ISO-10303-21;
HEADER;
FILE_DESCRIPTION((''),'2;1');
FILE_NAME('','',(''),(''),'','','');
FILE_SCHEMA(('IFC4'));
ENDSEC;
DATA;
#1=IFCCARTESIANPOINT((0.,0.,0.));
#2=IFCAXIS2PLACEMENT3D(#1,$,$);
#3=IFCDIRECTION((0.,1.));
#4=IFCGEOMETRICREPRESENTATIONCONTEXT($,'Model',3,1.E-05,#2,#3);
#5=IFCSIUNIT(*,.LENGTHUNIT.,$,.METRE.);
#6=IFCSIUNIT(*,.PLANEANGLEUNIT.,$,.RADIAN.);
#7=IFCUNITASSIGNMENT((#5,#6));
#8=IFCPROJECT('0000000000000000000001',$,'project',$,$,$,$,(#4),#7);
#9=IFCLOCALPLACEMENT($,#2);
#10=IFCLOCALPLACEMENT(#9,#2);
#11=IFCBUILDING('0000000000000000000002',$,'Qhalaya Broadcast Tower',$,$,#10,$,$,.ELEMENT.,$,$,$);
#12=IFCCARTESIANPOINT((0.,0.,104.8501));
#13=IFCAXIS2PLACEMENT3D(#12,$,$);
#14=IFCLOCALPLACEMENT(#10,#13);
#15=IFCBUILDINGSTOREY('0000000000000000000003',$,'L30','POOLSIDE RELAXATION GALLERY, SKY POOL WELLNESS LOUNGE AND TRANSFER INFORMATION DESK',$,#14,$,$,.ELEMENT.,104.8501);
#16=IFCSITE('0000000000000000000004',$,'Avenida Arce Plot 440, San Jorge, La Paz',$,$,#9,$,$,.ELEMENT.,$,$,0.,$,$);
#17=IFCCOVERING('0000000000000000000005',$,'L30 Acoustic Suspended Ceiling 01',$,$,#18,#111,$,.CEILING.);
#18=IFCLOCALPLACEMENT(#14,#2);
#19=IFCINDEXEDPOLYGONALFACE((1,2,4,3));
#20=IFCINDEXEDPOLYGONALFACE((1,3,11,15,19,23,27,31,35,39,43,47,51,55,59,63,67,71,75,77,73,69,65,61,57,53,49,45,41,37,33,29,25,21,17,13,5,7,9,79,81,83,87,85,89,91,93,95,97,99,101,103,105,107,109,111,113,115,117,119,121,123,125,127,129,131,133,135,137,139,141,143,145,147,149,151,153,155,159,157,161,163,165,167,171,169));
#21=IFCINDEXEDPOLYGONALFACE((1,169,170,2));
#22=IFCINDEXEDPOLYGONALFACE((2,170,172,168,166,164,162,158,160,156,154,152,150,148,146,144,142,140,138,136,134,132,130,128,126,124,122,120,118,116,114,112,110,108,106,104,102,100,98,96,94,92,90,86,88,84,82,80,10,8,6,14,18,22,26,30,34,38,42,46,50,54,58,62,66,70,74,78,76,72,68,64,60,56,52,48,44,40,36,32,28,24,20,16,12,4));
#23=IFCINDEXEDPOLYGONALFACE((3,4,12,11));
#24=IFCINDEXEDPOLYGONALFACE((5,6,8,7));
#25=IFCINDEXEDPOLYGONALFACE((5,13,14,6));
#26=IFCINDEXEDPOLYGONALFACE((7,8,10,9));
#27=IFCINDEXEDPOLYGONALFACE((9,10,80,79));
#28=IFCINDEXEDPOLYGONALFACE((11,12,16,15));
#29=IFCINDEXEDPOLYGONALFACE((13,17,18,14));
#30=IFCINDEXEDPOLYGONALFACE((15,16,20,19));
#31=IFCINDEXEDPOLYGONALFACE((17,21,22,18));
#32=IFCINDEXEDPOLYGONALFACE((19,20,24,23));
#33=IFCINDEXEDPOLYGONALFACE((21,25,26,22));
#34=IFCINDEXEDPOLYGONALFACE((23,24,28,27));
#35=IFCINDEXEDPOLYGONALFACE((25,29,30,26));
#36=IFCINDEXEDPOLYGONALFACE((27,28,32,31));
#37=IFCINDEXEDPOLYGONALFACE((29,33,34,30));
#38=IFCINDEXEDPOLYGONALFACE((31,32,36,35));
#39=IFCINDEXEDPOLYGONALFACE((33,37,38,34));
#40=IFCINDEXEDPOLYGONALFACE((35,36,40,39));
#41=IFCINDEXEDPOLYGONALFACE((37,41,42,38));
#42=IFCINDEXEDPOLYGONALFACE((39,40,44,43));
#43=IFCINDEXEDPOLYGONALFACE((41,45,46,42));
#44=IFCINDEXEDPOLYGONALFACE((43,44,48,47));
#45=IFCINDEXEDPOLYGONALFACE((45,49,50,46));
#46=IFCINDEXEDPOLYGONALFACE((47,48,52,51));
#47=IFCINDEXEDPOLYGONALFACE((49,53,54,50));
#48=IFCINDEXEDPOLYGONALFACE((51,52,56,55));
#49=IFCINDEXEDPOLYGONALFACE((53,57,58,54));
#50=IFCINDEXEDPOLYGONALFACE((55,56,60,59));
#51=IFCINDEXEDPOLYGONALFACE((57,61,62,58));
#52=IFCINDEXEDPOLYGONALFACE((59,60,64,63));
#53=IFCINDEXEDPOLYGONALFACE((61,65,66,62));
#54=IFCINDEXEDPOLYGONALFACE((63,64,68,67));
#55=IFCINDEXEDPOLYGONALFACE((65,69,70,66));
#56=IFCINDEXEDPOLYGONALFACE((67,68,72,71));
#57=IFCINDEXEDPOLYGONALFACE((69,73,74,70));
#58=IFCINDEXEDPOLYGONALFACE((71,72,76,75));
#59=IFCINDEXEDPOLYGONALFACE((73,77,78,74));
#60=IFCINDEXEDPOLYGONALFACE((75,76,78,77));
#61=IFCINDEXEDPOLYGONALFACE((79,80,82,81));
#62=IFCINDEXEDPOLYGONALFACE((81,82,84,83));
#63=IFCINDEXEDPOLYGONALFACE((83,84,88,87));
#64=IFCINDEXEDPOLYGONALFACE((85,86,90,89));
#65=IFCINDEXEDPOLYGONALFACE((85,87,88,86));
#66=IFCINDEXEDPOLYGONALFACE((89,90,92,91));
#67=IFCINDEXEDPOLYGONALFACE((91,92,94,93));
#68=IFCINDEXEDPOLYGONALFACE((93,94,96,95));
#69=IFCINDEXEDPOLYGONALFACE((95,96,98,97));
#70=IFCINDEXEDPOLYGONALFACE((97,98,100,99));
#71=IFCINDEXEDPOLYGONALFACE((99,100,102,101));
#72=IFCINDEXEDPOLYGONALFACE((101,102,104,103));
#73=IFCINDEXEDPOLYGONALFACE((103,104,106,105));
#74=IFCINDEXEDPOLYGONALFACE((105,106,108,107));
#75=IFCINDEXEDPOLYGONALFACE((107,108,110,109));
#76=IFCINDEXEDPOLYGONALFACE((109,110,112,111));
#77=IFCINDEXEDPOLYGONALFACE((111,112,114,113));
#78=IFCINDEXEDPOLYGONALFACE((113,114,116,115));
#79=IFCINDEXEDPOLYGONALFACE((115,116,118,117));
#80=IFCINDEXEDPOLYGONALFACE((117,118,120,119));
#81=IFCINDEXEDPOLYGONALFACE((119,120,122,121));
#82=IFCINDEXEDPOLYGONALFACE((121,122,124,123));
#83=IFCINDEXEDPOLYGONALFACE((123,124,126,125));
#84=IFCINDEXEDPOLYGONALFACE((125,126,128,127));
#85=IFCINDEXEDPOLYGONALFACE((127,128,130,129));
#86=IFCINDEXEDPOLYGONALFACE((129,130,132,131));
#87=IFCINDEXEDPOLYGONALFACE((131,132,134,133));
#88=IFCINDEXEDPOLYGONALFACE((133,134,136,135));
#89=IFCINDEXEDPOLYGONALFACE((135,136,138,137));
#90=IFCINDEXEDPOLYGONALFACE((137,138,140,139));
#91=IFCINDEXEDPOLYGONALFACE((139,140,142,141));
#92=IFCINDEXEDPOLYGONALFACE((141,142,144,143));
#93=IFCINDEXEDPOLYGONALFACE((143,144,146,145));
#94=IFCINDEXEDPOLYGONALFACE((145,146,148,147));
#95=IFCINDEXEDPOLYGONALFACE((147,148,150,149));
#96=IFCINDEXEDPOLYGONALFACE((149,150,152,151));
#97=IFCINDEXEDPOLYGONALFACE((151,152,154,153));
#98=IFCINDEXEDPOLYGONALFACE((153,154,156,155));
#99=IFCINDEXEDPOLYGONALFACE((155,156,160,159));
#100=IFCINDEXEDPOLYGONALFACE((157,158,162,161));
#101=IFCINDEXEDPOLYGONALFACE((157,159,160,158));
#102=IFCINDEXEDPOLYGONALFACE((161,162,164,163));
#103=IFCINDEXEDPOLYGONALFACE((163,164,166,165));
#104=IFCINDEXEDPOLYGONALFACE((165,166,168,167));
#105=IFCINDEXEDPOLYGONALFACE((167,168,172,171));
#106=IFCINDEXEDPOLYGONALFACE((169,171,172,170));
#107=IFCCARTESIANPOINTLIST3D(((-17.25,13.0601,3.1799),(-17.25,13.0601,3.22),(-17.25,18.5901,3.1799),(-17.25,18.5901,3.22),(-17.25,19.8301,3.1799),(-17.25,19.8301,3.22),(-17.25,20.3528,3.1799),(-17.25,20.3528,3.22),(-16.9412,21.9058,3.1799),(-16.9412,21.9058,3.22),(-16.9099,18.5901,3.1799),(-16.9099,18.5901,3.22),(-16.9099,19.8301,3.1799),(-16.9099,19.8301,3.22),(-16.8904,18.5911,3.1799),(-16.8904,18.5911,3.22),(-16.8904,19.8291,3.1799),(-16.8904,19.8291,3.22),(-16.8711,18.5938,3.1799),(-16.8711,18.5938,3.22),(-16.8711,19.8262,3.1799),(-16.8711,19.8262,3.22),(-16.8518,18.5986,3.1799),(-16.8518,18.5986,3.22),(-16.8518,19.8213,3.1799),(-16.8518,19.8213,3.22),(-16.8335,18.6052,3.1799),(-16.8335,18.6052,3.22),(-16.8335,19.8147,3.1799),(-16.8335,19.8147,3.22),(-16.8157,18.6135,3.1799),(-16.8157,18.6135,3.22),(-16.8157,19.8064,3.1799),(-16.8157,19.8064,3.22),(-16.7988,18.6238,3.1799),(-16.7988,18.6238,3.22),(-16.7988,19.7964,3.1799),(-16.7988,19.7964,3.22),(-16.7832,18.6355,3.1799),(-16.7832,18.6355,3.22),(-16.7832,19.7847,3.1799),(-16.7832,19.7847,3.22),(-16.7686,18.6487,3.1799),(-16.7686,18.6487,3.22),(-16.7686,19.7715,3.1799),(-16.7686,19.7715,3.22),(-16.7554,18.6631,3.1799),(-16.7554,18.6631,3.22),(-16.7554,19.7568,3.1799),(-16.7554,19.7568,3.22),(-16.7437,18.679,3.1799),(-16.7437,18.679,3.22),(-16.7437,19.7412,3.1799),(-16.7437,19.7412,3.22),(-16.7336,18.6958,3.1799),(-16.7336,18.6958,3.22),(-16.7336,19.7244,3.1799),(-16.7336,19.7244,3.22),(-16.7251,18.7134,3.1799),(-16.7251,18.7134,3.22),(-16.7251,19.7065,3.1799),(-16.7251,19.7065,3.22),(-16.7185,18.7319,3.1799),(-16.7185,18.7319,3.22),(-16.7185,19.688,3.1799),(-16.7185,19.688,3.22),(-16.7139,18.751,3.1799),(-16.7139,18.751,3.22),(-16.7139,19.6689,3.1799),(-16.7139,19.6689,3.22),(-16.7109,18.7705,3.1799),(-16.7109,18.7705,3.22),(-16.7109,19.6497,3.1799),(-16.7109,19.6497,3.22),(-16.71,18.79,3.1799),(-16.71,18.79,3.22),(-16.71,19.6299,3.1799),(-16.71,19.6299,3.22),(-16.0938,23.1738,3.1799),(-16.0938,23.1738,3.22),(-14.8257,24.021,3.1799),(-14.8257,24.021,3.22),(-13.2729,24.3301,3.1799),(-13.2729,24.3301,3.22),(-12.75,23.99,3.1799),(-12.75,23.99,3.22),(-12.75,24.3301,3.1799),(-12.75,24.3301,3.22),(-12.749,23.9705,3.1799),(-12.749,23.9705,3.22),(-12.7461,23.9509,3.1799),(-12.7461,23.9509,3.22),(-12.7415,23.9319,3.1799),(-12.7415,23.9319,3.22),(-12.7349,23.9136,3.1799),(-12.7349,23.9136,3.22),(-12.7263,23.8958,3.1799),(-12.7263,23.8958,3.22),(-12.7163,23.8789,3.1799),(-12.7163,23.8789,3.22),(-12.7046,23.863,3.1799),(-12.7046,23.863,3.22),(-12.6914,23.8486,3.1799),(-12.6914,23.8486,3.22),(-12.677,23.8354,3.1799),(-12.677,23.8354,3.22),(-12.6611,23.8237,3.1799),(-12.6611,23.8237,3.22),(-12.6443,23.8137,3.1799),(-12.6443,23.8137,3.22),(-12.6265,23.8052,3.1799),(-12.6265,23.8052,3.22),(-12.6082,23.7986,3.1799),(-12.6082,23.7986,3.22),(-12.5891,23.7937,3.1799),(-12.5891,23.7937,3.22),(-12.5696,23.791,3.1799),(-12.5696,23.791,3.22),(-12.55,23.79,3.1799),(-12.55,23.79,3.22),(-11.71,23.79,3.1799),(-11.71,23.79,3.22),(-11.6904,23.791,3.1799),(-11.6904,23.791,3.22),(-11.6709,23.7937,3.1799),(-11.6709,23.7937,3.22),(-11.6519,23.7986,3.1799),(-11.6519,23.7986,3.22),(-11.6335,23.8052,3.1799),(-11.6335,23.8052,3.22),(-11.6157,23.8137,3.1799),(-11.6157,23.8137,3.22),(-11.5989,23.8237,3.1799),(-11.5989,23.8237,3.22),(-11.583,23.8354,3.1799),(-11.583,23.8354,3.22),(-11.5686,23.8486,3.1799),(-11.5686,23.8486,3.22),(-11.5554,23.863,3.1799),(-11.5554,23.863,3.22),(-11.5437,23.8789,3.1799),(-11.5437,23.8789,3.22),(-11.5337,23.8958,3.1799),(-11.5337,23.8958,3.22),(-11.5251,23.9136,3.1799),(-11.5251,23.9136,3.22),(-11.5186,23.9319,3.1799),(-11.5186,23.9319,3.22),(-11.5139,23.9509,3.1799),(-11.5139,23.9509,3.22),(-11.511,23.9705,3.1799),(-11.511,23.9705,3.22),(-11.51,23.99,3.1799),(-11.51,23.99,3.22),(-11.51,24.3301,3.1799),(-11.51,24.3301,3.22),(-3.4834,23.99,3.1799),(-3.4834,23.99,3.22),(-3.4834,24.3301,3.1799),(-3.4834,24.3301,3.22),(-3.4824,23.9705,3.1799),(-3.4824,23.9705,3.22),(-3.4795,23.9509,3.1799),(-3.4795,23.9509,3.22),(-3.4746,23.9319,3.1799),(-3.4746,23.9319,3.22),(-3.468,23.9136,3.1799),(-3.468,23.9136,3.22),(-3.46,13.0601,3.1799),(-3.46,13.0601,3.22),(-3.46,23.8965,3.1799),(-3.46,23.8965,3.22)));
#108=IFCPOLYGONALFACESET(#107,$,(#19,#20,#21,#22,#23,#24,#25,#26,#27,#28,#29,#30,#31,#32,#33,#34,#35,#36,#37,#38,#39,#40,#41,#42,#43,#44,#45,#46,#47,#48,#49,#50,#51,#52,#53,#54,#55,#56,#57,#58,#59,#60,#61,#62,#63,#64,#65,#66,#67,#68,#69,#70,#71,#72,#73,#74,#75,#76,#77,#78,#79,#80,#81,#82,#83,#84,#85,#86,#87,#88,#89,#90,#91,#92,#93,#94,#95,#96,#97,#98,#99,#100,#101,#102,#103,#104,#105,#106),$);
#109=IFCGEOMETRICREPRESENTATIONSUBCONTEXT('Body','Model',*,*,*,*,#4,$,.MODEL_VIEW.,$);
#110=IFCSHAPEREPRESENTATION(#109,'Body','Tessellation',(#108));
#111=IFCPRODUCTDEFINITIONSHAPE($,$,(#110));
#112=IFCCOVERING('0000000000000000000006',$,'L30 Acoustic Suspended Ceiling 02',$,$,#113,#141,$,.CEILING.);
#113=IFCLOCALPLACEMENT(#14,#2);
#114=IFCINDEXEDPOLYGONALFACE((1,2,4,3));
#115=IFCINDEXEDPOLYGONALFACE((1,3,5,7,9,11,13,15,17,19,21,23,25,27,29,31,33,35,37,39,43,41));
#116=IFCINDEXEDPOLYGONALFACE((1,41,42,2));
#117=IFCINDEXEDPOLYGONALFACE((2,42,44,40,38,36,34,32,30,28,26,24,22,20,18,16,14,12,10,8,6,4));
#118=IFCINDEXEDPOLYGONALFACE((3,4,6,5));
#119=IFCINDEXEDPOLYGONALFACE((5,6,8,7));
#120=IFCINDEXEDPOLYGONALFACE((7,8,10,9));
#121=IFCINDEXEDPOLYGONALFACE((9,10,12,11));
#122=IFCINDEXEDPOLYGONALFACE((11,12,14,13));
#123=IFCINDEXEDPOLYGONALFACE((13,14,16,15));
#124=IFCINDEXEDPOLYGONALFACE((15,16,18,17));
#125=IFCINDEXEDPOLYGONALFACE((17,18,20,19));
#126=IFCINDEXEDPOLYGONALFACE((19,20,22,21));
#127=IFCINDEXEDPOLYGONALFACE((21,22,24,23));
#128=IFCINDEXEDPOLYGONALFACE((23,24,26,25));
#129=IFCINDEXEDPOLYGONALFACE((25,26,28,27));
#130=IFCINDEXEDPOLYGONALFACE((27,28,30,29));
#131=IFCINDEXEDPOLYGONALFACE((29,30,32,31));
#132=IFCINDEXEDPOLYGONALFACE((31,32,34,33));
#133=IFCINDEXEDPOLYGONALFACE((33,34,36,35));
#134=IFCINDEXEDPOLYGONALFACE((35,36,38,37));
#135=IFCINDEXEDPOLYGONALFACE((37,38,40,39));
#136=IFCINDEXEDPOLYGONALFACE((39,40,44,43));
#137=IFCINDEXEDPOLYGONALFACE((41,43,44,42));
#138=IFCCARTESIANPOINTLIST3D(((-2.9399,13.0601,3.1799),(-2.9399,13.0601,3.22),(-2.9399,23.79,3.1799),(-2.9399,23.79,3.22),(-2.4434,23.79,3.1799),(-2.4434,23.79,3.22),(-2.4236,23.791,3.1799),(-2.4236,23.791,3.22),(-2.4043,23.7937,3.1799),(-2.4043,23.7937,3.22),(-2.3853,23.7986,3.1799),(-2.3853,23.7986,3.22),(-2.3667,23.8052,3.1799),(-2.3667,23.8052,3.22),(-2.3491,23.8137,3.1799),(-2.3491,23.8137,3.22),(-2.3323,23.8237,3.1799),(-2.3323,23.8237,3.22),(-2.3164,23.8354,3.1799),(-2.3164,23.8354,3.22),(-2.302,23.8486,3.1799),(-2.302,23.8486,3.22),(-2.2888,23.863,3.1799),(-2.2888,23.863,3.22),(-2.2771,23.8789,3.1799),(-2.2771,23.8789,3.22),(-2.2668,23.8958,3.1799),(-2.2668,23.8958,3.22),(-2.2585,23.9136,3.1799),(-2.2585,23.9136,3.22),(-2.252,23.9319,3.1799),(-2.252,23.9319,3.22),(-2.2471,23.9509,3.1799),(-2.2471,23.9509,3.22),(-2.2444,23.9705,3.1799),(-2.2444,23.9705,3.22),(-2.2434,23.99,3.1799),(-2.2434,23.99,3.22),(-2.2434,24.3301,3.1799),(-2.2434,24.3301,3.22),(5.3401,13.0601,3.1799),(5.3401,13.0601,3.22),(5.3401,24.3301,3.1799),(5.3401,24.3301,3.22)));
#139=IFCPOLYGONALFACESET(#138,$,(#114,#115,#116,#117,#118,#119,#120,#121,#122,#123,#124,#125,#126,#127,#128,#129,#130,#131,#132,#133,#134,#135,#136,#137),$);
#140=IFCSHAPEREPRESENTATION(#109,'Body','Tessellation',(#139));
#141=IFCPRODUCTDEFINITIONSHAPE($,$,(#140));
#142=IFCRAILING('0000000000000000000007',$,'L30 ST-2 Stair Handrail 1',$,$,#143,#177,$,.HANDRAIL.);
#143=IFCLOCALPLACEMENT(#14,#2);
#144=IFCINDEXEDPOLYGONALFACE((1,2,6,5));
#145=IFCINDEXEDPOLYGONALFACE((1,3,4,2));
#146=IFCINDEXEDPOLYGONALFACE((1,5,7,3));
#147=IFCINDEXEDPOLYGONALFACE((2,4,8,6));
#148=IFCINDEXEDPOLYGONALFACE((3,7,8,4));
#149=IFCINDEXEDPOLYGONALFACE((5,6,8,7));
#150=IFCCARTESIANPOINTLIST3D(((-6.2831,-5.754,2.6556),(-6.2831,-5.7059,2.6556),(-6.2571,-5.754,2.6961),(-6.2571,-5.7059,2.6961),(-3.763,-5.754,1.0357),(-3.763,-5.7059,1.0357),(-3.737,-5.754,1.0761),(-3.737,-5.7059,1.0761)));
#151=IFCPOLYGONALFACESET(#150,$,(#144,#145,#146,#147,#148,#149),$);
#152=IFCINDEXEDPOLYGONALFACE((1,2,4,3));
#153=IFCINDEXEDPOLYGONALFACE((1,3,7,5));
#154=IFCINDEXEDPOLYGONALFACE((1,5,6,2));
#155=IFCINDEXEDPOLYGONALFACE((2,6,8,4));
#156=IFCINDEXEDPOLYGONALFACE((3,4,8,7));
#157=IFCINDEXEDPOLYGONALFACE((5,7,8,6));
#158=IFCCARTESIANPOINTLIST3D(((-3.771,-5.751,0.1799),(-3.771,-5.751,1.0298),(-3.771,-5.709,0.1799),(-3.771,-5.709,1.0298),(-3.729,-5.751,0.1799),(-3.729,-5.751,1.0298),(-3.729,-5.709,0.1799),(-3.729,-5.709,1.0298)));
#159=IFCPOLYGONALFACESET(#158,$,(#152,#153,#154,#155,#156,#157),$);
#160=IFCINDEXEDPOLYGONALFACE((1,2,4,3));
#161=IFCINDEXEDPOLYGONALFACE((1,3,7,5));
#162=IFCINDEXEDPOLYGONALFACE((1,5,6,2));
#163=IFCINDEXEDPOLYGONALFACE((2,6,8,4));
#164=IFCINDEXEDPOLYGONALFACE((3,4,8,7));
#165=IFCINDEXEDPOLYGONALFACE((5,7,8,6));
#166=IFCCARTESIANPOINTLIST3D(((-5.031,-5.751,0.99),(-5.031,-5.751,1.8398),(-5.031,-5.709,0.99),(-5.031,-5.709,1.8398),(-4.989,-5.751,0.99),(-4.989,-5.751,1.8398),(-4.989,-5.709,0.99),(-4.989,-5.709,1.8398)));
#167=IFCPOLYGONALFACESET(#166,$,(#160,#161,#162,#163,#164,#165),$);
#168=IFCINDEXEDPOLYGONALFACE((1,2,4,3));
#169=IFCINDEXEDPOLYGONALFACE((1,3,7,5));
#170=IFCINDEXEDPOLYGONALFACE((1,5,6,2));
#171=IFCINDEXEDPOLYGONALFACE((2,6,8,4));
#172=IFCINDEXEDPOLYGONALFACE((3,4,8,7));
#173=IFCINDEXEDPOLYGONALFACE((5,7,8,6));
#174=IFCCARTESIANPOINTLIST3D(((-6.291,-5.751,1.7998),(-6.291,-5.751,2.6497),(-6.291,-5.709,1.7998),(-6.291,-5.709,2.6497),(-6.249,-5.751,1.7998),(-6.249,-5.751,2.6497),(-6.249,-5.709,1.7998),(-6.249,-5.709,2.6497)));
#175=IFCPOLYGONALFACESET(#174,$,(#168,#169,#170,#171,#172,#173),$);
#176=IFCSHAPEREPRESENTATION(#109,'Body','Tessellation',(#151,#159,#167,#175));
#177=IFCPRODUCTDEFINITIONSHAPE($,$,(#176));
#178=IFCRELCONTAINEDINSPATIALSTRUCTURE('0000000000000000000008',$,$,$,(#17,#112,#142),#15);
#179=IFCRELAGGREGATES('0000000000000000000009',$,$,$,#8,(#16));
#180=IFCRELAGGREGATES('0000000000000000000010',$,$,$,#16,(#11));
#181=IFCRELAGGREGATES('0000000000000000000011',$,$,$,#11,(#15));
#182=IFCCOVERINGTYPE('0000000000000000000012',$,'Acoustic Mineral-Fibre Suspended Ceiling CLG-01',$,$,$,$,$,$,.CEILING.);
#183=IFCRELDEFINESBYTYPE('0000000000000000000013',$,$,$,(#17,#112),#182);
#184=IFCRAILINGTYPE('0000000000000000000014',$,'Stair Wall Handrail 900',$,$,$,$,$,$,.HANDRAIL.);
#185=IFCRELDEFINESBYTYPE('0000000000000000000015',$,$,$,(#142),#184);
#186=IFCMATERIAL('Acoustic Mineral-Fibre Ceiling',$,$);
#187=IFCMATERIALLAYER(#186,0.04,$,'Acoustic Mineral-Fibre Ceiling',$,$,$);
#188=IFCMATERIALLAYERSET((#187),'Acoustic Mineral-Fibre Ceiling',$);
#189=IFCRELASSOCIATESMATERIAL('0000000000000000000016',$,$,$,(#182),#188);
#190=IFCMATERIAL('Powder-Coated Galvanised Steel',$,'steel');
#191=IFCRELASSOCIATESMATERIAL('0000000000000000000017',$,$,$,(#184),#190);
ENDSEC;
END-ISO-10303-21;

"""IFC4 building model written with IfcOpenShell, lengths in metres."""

from ifc_helpers import new_model, si_unit, direction, frame, origin, origin_2d, place, context, subcontext, project, spatial, polyline, rectangle, outline, extrude, material, layer, layer_set, type_object, element, save


model = new_model("IFC4")

# Units and contexts
model_context = context("Model", 3, precision=1e-05, world=origin(), true_north=direction((0.0, 1.0)))
body_context = subcontext(model_context, "Body", "Model", "MODEL_VIEW")
ifc_project = project(units=[si_unit("LENGTHUNIT", "METRE"), si_unit("PLANEANGLEUNIT", "RADIAN")], contexts=[model_context])

# Site, building, storey
site_placement = place(None, origin())
site = spatial("IfcSite", under=ifc_project, at=site_placement, Name="Avenida Arce Plot 440, San Jorge, La Paz", CompositionType="ELEMENT", RefElevation=0.0)
building_placement = place(site_placement, origin())
building = spatial("IfcBuilding", under=site, at=building_placement, Name="Qhalaya Broadcast Tower", CompositionType="ELEMENT")
storey_placement = place(building_placement, frame((0.0, 0.0, 104.8501)))
storey = spatial("IfcBuildingStorey", under=building, at=storey_placement, Name="L30", Description="POOLSIDE RELAXATION GALLERY, SKY POOL WELLNESS LOUNGE AND TRANSFER INFORMATION DESK", CompositionType="ELEMENT", Elevation=104.8501)

# Coverings
ifc_material_1 = material(Name="Acoustic Mineral-Fibre Ceiling")
ifc_layer_1 = layer(ifc_material_1, 0.04, Name="Acoustic Mineral-Fibre Ceiling")
ifc_layer_set_1 = layer_set([ifc_layer_1], Name="Acoustic Mineral-Fibre Ceiling")
covering_type = type_object("IfcCoveringType", Name="Acoustic Mineral-Fibre Suspended Ceiling CLG-01", PredefinedType="CEILING", material=ifc_layer_set_1)
covering_1_placement = place(storey_placement, frame((0.0, 0.0, 3.1799)))
element("IfcCovering", 1, at=covering_1_placement, inside=storey, type_object=covering_type, Name="L30 Acoustic Suspended Ceiling 01", PredefinedType="CEILING", context=body_context, shape_type="SweptSolid", body=[
    extrude(outline(polyline([(-17.25, 18.5901), (-17.25, 13.0601), (-3.46, 13.0601), (-3.46, 23.8965), (-3.468, 23.9136), (-3.4746, 23.9319), (-3.4795, 23.9509), (-3.4824, 23.9705), (-3.4834, 23.99), (-3.4834, 24.3301), (-11.51, 24.3301), (-11.51, 23.99), (-11.511, 23.9705), (-11.5139, 23.9509), (-11.5186, 23.9319), (-11.5251, 23.9136), (-11.5337, 23.8958), (-11.5437, 23.8789), (-11.5554, 23.863), (-11.5686, 23.8486), (-11.583, 23.8354), (-11.5989, 23.8237), (-11.6157, 23.8137), (-11.6335, 23.8052), (-11.6519, 23.7986), (-11.6709, 23.7937), (-11.6904, 23.791), (-11.71, 23.79), (-12.55, 23.79), (-12.5696, 23.791), (-12.5891, 23.7937), (-12.6082, 23.7986), (-12.6265, 23.8052), (-12.6443, 23.8137), (-12.6611, 23.8237), (-12.677, 23.8354), (-12.6914, 23.8486), (-12.7046, 23.863), (-12.7163, 23.8789), (-12.7263, 23.8958), (-12.7349, 23.9136), (-12.7415, 23.9319), (-12.7461, 23.9509), (-12.749, 23.9705), (-12.75, 23.99), (-12.75, 24.3301), (-13.2729, 24.3301), (-14.8257, 24.021), (-16.0938, 23.1738), (-16.9412, 21.9058), (-17.25, 20.3528), (-17.25, 19.8301), (-16.9099, 19.8301), (-16.8904, 19.8291), (-16.8711, 19.8262), (-16.8518, 19.8213), (-16.8335, 19.8147), (-16.8157, 19.8064), (-16.7988, 19.7964), (-16.7832, 19.7847), (-16.7686, 19.7715), (-16.7554, 19.7568), (-16.7437, 19.7412), (-16.7336, 19.7244), (-16.7251, 19.7065), (-16.7185, 19.688), (-16.7139, 19.6689), (-16.7109, 19.6497), (-16.71, 19.6299), (-16.71, 18.79), (-16.7109, 18.7705), (-16.7139, 18.751), (-16.7185, 18.7319), (-16.7251, 18.7134), (-16.7336, 18.6958), (-16.7437, 18.679), (-16.7554, 18.6631), (-16.7686, 18.6487), (-16.7832, 18.6355), (-16.7988, 18.6238), (-16.8157, 18.6135), (-16.8335, 18.6052), (-16.8518, 18.5986), (-16.8711, 18.5938), (-16.8904, 18.5911), (-16.9099, 18.5901), (-17.25, 18.5901)])), origin(), (0.0, 0.0, 1.0), 0.04),
])
covering_2_placement = place(storey_placement, frame((0.0, 0.0, 3.1799)))
element("IfcCovering", 2, at=covering_2_placement, inside=storey, type_object=covering_type, Name="L30 Acoustic Suspended Ceiling 02", PredefinedType="CEILING", context=body_context, shape_type="SweptSolid", body=[
    extrude(outline(polyline([(-2.9399, 23.79), (-2.9399, 13.0601), (5.3401, 13.0601), (5.3401, 24.3301), (-2.2434, 24.3301), (-2.2434, 23.99), (-2.2444, 23.9705), (-2.2471, 23.9509), (-2.252, 23.9319), (-2.2585, 23.9136), (-2.2668, 23.8958), (-2.2771, 23.8789), (-2.2888, 23.863), (-2.302, 23.8486), (-2.3164, 23.8354), (-2.3323, 23.8237), (-2.3491, 23.8137), (-2.3667, 23.8052), (-2.3853, 23.7986), (-2.4043, 23.7937), (-2.4236, 23.791), (-2.4434, 23.79), (-2.9399, 23.79)])), origin(), (0.0, 0.0, 1.0), 0.04),
])

# Railing
ifc_material_2 = material(Name="Powder-Coated Galvanised Steel", Category="steel")
railing_type_1 = type_object("IfcRailingType", Name="Stair Wall Handrail 900", PredefinedType="HANDRAIL", material=ifc_material_2)
railing_1_placement = place(storey_placement, frame((-3.75, -5.73, 0.1799)))
element("IfcRailing", 3, at=railing_1_placement, inside=storey, type_object=railing_type_1, Name="L30 ST-2 Stair Handrail 1", PredefinedType="HANDRAIL", context=body_context, shape_type="SweptSolid", body=[
    extrude(rectangle(XDim=0.0481, YDim=0.0481, at=origin_2d()), frame((0.0, 0.0, 0.876), z_axis=(-0.8412, 0.0, 0.540725), x_axis=(0.0, -1.0, 0.0)), (0.0, 0.0, 1.0), 2.9958),
    extrude(rectangle(XDim=0.042, YDim=0.042, at=origin_2d()), origin(), (0.0, 0.0, 1.0), 0.8499),
    extrude(rectangle(XDim=0.042, YDim=0.042, at=origin_2d()), frame((-1.26, 0.0, 0.8101)), (0.0, 0.0, 1.0), 0.8499),
    extrude(rectangle(XDim=0.042, YDim=0.042, at=origin_2d()), frame((-2.52, 0.0, 1.6199)), (0.0, 0.0, 1.0), 0.8499),
])

save(model, "model.ifc")
